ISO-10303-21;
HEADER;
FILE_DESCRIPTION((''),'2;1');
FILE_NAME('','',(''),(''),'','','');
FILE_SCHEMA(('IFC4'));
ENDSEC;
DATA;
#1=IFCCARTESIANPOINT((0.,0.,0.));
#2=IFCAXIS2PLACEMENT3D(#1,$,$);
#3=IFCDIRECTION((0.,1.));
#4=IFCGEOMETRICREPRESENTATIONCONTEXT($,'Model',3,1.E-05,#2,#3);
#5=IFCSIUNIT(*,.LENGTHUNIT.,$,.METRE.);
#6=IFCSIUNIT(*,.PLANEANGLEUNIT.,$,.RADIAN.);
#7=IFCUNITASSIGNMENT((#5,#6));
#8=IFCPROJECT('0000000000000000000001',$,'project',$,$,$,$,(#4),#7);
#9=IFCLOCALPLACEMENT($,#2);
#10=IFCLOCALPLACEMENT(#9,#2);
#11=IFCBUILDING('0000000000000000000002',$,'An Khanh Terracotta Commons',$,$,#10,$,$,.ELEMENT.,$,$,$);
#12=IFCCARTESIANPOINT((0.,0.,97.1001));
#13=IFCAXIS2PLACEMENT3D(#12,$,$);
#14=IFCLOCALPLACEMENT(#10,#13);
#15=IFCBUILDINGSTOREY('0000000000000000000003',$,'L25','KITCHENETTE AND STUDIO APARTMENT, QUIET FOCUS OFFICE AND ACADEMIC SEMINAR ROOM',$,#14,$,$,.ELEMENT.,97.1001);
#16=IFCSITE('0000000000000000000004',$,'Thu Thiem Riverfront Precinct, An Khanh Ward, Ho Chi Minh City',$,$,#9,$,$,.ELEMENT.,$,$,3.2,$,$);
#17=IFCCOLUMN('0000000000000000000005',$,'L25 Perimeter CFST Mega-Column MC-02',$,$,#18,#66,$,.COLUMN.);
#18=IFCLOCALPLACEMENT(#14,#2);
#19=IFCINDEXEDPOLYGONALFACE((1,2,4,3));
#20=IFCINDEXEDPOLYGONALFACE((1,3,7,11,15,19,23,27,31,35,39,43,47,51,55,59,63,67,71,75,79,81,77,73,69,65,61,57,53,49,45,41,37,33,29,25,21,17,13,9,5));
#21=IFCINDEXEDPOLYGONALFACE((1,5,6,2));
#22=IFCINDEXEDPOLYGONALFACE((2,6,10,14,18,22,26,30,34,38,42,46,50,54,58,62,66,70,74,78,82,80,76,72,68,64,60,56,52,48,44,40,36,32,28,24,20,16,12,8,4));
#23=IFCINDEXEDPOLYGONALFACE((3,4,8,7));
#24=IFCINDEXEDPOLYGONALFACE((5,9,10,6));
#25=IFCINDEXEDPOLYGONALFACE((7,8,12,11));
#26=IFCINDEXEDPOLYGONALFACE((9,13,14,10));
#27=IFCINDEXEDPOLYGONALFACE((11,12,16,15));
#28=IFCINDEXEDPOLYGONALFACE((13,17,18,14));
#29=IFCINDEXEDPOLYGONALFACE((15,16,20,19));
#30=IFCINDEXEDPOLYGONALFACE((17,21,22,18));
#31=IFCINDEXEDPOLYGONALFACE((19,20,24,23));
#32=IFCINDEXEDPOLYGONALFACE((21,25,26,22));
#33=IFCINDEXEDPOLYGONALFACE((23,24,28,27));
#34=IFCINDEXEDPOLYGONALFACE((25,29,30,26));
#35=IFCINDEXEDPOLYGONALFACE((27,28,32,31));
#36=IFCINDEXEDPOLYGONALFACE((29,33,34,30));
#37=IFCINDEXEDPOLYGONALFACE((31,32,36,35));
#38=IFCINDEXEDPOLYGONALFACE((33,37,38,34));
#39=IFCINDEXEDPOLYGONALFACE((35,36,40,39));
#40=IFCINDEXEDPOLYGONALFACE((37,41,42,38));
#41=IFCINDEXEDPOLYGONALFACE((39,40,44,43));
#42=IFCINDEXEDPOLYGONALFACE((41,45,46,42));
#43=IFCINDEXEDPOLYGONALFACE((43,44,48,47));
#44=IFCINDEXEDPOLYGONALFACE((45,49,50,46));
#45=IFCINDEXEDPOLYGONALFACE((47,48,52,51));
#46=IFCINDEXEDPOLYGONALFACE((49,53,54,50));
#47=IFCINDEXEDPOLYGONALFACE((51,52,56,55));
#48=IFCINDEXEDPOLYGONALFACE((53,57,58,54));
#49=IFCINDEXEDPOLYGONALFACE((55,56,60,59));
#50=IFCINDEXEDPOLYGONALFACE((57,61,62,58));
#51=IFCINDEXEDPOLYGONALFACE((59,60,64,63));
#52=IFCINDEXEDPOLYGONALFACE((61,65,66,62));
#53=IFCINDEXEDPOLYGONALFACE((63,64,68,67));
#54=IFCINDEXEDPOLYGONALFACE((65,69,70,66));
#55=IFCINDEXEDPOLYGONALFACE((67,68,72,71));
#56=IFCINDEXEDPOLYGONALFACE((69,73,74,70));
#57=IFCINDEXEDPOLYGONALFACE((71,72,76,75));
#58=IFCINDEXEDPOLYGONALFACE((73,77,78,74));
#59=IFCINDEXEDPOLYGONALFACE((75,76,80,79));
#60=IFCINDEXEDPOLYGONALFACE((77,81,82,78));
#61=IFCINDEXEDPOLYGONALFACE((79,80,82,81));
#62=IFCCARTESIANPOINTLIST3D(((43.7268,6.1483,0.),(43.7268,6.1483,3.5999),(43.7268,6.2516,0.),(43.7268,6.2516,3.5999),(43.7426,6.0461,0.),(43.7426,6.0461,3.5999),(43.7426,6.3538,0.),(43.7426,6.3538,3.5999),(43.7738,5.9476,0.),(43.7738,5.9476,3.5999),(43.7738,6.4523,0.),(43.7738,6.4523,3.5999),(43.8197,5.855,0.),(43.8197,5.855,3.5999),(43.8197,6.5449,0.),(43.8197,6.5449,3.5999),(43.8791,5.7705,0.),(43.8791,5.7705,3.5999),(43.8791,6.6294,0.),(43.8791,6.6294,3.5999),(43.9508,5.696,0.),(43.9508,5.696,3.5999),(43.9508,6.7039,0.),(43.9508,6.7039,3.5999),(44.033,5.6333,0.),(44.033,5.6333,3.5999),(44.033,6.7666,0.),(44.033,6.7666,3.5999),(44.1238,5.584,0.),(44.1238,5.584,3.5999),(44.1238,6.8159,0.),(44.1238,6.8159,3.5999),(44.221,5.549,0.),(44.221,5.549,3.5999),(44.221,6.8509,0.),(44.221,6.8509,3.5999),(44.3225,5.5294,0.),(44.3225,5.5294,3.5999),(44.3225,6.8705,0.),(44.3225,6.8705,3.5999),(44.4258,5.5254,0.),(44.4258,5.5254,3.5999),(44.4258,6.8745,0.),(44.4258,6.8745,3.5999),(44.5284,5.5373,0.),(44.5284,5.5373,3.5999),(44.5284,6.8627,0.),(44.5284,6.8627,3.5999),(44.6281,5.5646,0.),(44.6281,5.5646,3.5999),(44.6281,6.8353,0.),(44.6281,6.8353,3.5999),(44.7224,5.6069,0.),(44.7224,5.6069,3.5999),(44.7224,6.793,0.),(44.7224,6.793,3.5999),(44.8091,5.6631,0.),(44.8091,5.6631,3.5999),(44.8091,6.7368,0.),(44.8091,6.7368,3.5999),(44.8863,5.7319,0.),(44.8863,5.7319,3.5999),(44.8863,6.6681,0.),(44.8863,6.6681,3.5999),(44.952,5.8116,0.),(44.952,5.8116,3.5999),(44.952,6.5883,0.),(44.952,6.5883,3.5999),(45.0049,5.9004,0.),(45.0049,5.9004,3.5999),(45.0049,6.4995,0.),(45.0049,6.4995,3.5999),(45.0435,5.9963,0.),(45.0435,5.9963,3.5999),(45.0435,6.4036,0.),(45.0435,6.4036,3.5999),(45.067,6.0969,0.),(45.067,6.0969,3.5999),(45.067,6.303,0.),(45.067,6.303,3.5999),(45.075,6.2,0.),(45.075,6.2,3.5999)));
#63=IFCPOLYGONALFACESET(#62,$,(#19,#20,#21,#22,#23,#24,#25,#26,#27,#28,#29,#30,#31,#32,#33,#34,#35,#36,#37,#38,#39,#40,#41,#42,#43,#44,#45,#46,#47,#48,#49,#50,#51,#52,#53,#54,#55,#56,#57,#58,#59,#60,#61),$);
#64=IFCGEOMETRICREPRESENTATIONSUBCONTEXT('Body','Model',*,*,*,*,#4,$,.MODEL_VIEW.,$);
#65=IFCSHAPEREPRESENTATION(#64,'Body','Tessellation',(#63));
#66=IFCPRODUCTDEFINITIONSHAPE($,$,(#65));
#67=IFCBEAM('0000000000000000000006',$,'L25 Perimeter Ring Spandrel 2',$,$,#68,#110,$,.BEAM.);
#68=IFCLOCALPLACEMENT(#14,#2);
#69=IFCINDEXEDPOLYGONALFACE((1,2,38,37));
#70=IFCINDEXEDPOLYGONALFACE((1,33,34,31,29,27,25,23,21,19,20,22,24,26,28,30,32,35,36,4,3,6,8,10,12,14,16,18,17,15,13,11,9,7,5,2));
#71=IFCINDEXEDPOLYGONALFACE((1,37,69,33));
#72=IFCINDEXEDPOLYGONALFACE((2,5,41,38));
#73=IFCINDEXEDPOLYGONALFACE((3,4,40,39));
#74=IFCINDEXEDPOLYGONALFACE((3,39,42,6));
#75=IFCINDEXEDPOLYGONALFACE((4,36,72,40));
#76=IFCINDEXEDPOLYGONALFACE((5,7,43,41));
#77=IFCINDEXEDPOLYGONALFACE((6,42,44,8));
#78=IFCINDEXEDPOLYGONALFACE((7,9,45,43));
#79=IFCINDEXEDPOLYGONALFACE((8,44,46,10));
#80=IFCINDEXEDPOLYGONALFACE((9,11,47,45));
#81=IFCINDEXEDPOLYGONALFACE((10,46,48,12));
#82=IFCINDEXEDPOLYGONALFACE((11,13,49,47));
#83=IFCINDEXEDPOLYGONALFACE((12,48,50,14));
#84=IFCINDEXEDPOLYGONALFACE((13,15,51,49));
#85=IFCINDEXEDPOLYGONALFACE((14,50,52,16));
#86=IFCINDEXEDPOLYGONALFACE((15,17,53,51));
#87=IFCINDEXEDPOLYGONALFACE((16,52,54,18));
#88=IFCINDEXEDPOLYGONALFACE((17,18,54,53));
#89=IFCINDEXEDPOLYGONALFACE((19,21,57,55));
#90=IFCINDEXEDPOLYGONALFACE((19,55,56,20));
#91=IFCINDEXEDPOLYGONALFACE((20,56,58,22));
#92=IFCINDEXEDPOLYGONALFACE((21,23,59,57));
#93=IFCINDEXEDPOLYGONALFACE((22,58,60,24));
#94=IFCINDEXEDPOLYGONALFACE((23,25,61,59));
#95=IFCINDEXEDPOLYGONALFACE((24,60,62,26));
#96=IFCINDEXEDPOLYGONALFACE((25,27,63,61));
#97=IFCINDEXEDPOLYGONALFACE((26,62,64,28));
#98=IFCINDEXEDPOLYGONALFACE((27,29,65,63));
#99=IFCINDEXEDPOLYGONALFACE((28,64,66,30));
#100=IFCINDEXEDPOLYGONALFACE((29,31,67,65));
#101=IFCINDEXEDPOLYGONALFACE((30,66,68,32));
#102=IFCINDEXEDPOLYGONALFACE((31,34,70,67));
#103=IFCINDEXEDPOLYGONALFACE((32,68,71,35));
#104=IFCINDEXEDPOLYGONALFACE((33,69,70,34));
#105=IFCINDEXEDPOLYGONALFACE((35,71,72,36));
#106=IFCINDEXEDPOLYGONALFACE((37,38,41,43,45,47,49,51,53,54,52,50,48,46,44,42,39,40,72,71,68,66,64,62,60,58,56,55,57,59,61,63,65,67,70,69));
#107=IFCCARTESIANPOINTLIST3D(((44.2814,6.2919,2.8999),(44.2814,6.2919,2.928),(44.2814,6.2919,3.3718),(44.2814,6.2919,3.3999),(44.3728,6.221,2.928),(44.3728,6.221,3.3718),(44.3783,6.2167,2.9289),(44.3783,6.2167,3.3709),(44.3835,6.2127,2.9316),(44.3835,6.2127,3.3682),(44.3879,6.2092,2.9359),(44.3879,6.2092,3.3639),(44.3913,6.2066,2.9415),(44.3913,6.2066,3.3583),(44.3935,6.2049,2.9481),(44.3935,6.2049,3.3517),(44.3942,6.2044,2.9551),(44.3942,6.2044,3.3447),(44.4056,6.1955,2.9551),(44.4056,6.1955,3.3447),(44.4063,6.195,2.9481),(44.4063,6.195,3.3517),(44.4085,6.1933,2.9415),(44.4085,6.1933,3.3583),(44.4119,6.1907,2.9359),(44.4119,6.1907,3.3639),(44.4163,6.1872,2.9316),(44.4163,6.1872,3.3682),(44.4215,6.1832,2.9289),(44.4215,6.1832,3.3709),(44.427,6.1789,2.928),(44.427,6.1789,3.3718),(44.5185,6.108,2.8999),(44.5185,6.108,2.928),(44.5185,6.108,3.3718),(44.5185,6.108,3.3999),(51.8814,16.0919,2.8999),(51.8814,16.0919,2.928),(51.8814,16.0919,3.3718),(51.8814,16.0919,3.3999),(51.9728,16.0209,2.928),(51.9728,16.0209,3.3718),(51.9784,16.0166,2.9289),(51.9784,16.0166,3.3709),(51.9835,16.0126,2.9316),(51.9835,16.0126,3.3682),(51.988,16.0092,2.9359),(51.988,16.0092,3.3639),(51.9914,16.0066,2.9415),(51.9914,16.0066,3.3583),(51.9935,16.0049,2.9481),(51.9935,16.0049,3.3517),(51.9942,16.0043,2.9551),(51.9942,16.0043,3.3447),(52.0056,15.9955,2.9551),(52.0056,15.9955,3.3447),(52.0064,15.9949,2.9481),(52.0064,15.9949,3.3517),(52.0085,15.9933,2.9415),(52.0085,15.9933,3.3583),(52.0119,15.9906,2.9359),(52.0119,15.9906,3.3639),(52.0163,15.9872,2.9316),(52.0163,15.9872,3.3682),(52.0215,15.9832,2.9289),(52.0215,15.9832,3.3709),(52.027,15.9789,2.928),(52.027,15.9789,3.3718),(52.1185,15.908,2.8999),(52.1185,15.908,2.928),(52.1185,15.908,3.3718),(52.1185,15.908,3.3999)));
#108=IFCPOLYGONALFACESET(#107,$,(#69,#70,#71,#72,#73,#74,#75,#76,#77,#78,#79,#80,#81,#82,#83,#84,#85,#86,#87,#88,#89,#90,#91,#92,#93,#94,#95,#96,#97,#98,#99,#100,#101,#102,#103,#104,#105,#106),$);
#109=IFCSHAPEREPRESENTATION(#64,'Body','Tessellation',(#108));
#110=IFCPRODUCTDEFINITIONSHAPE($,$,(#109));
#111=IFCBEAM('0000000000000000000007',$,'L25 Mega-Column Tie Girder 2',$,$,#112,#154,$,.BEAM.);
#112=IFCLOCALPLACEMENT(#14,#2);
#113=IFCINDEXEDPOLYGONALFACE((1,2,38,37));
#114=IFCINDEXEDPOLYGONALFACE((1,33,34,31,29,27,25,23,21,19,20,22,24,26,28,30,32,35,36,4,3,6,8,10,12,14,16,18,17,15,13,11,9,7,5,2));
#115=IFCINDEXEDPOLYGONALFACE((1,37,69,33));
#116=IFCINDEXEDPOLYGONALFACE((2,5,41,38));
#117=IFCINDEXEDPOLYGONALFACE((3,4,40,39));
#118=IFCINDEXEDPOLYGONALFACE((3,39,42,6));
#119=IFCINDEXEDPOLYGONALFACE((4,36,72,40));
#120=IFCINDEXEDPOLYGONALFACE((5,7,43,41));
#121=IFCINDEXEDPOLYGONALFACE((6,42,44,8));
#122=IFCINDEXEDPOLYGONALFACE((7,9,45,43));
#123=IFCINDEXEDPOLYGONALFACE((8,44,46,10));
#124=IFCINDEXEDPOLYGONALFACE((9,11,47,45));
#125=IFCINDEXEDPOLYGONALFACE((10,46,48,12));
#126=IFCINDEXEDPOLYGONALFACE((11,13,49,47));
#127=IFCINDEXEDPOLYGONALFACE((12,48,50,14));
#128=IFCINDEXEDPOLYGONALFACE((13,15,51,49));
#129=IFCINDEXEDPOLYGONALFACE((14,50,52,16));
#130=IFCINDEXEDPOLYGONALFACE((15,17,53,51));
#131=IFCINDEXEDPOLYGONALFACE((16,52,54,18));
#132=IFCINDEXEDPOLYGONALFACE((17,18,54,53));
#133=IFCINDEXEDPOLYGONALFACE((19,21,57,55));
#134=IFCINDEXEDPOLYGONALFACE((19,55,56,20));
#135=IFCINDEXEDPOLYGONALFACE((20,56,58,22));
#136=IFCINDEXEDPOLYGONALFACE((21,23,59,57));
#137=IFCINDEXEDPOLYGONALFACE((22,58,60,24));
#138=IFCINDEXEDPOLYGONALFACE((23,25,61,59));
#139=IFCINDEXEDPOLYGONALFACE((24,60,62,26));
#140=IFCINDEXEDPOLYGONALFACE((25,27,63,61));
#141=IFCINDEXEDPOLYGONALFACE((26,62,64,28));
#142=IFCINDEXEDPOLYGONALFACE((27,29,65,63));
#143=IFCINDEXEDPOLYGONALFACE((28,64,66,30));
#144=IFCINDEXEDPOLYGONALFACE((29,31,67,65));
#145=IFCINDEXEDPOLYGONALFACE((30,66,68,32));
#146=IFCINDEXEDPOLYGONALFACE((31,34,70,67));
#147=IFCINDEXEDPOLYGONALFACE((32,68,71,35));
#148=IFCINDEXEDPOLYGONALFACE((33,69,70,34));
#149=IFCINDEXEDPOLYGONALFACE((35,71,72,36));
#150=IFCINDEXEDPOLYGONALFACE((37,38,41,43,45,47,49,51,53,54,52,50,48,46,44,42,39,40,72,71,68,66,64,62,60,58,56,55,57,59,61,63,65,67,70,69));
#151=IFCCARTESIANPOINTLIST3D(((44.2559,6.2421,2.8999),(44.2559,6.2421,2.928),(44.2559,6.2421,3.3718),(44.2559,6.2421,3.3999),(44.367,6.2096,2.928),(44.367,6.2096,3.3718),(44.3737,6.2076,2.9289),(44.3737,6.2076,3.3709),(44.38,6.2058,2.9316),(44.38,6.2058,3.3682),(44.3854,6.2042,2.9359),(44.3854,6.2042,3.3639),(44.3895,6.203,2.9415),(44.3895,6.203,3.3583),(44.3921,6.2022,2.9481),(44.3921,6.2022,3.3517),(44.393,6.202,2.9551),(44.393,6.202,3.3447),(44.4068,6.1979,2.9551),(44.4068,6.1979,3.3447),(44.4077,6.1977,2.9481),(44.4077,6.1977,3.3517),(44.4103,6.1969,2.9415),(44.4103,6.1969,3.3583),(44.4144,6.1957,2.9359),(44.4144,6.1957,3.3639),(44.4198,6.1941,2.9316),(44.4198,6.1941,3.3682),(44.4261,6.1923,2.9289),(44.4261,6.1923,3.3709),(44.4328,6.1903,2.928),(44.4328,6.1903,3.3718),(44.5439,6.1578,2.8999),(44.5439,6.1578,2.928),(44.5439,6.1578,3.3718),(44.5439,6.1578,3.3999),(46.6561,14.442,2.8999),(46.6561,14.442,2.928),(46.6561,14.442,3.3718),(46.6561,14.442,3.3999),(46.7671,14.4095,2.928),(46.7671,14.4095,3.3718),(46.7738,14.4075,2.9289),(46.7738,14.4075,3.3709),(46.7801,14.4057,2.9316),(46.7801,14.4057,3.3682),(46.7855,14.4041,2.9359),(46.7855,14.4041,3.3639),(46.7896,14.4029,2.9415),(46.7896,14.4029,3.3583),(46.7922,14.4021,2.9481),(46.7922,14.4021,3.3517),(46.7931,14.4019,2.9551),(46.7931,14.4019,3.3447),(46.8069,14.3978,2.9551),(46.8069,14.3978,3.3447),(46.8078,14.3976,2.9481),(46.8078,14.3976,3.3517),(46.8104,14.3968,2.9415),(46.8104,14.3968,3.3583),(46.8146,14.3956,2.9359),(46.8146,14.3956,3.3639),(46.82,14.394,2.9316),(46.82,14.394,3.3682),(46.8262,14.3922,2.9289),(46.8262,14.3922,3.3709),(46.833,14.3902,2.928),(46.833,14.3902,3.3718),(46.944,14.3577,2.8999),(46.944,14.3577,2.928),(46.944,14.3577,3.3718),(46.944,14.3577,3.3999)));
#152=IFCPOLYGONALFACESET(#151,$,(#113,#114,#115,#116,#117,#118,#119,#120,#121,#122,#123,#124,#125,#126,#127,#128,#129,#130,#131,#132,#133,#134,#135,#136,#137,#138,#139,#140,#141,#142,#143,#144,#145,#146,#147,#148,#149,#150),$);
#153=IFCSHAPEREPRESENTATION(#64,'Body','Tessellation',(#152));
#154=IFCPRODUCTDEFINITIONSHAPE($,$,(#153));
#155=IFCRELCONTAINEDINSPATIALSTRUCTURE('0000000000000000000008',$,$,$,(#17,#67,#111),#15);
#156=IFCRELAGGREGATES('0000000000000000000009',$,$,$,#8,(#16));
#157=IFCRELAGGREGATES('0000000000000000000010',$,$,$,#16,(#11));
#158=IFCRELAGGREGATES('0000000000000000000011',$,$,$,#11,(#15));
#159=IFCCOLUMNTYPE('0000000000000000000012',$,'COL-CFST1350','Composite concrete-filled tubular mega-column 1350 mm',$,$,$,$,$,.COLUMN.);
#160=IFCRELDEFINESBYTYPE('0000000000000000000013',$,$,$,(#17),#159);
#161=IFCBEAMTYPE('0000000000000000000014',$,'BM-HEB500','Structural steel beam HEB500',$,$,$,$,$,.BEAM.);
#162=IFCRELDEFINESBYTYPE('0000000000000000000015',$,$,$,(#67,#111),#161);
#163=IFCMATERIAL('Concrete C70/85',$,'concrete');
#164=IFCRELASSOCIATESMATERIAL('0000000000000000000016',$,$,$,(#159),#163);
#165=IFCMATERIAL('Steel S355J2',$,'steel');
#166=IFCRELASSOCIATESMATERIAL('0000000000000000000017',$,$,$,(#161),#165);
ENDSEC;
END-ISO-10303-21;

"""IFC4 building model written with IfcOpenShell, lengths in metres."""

from ifc_helpers import new_model, si_unit, direction, frame, origin, origin_2d, place, context, subcontext, project, spatial, circle, i_section, extrude, material, material_profile, profile_set, type_object, element, save


model = new_model("IFC4")

# Units and contexts
model_context = context("Model", 3, precision=1e-05, world=origin(), true_north=direction((0.0, 1.0)))
body_context = subcontext(model_context, "Body", "Model", "MODEL_VIEW")
ifc_project = project(units=[si_unit("LENGTHUNIT", "METRE"), si_unit("PLANEANGLEUNIT", "RADIAN")], contexts=[model_context])

# Site, building, storey
site_placement = place(None, origin())
site = spatial("IfcSite", under=ifc_project, at=site_placement, Name="Thu Thiem Riverfront Precinct, An Khanh Ward, Ho Chi Minh City", CompositionType="ELEMENT", RefElevation=3.2)
building_placement = place(site_placement, origin())
building = spatial("IfcBuilding", under=site, at=building_placement, Name="An Khanh Terracotta Commons", CompositionType="ELEMENT")
storey_placement = place(building_placement, frame((0.0, 0.0, 97.1001)))
storey = spatial("IfcBuildingStorey", under=building, at=storey_placement, Name="L25", Description="KITCHENETTE AND STUDIO APARTMENT, QUIET FOCUS OFFICE AND ACADEMIC SEMINAR ROOM", CompositionType="ELEMENT", Elevation=97.1001)

# Column
ifc_material_1 = material(Name="Concrete C70/85", Category="concrete")
ifc_material_profile_1 = material_profile(ifc_material_1, circle(Radius=0.675, at=origin_2d()), Name="CFST1350")
ifc_profile_set_1 = profile_set([ifc_material_profile_1], Name="Concrete C70/85")
column_type = type_object("IfcColumnType", Name="COL-CFST1350", Description="Composite concrete-filled tubular mega-column 1350 mm", PredefinedType="COLUMN", material=ifc_profile_set_1)
column_placement = place(storey_placement, frame((44.3999, 6.2, 0.0), z_axis=(0.0, 0.0, 1.0), x_axis=(1.0, 0.0, 0.0)))
element("IfcColumn", 1, at=column_placement, inside=storey, type_object=column_type, Name="L25 Perimeter CFST Mega-Column MC-02", PredefinedType="COLUMN", context=body_context, shape_type="SweptSolid", body=[
    extrude(circle(Radius=0.675, at=origin_2d()), origin(), (0.0, 0.0, 1.0), 3.5999),
])

# Beams
ifc_material_2 = material(Name="Steel S355J2", Category="steel")
ifc_material_profile_2 = material_profile(ifc_material_2, i_section(OverallWidth=0.3, OverallDepth=0.5, WebThickness=0.0144, FlangeThickness=0.0281, FilletRadius=0.0271, at=origin_2d()), Name="HEB500")
ifc_profile_set_2 = profile_set([ifc_material_profile_2], Name="Steel S355J2")
beam_type = type_object("IfcBeamType", Name="BM-HEB500", Description="Structural steel beam HEB500", PredefinedType="BEAM", material=ifc_profile_set_2)
beam_1_placement = place(storey_placement, frame((44.3999, 6.2, 3.1499), z_axis=(0.612827, 0.790217, 0.0), x_axis=(-0.790217, 0.612827, 0.0)))
element("IfcBeam", 2, at=beam_1_placement, inside=storey, type_object=beam_type, Name="L25 Perimeter Ring Spandrel 2", PredefinedType="BEAM", context=body_context, shape_type="SweptSolid", body=[
    extrude(i_section(OverallWidth=0.3, OverallDepth=0.5, WebThickness=0.0144, FlangeThickness=0.0281, FilletRadius=0.0271, at=origin_2d()), origin(), (0.0, 0.0, 1.0), 12.4016),
])
beam_2_placement = place(storey_placement, frame((44.3999, 6.2, 3.1499), z_axis=(0.280916, 0.959732, 0.0), x_axis=(-0.959732, 0.280916, 0.0)))
element("IfcBeam", 3, at=beam_2_placement, inside=storey, type_object=beam_type, Name="L25 Mega-Column Tie Girder 2", PredefinedType="BEAM", context=body_context, shape_type="SweptSolid", body=[
    extrude(i_section(OverallWidth=0.3, OverallDepth=0.5, WebThickness=0.0144, FlangeThickness=0.0281, FilletRadius=0.0271, at=origin_2d()), origin(), (0.0, 0.0, 1.0), 8.5439),
])

save(model, "model.ifc")
